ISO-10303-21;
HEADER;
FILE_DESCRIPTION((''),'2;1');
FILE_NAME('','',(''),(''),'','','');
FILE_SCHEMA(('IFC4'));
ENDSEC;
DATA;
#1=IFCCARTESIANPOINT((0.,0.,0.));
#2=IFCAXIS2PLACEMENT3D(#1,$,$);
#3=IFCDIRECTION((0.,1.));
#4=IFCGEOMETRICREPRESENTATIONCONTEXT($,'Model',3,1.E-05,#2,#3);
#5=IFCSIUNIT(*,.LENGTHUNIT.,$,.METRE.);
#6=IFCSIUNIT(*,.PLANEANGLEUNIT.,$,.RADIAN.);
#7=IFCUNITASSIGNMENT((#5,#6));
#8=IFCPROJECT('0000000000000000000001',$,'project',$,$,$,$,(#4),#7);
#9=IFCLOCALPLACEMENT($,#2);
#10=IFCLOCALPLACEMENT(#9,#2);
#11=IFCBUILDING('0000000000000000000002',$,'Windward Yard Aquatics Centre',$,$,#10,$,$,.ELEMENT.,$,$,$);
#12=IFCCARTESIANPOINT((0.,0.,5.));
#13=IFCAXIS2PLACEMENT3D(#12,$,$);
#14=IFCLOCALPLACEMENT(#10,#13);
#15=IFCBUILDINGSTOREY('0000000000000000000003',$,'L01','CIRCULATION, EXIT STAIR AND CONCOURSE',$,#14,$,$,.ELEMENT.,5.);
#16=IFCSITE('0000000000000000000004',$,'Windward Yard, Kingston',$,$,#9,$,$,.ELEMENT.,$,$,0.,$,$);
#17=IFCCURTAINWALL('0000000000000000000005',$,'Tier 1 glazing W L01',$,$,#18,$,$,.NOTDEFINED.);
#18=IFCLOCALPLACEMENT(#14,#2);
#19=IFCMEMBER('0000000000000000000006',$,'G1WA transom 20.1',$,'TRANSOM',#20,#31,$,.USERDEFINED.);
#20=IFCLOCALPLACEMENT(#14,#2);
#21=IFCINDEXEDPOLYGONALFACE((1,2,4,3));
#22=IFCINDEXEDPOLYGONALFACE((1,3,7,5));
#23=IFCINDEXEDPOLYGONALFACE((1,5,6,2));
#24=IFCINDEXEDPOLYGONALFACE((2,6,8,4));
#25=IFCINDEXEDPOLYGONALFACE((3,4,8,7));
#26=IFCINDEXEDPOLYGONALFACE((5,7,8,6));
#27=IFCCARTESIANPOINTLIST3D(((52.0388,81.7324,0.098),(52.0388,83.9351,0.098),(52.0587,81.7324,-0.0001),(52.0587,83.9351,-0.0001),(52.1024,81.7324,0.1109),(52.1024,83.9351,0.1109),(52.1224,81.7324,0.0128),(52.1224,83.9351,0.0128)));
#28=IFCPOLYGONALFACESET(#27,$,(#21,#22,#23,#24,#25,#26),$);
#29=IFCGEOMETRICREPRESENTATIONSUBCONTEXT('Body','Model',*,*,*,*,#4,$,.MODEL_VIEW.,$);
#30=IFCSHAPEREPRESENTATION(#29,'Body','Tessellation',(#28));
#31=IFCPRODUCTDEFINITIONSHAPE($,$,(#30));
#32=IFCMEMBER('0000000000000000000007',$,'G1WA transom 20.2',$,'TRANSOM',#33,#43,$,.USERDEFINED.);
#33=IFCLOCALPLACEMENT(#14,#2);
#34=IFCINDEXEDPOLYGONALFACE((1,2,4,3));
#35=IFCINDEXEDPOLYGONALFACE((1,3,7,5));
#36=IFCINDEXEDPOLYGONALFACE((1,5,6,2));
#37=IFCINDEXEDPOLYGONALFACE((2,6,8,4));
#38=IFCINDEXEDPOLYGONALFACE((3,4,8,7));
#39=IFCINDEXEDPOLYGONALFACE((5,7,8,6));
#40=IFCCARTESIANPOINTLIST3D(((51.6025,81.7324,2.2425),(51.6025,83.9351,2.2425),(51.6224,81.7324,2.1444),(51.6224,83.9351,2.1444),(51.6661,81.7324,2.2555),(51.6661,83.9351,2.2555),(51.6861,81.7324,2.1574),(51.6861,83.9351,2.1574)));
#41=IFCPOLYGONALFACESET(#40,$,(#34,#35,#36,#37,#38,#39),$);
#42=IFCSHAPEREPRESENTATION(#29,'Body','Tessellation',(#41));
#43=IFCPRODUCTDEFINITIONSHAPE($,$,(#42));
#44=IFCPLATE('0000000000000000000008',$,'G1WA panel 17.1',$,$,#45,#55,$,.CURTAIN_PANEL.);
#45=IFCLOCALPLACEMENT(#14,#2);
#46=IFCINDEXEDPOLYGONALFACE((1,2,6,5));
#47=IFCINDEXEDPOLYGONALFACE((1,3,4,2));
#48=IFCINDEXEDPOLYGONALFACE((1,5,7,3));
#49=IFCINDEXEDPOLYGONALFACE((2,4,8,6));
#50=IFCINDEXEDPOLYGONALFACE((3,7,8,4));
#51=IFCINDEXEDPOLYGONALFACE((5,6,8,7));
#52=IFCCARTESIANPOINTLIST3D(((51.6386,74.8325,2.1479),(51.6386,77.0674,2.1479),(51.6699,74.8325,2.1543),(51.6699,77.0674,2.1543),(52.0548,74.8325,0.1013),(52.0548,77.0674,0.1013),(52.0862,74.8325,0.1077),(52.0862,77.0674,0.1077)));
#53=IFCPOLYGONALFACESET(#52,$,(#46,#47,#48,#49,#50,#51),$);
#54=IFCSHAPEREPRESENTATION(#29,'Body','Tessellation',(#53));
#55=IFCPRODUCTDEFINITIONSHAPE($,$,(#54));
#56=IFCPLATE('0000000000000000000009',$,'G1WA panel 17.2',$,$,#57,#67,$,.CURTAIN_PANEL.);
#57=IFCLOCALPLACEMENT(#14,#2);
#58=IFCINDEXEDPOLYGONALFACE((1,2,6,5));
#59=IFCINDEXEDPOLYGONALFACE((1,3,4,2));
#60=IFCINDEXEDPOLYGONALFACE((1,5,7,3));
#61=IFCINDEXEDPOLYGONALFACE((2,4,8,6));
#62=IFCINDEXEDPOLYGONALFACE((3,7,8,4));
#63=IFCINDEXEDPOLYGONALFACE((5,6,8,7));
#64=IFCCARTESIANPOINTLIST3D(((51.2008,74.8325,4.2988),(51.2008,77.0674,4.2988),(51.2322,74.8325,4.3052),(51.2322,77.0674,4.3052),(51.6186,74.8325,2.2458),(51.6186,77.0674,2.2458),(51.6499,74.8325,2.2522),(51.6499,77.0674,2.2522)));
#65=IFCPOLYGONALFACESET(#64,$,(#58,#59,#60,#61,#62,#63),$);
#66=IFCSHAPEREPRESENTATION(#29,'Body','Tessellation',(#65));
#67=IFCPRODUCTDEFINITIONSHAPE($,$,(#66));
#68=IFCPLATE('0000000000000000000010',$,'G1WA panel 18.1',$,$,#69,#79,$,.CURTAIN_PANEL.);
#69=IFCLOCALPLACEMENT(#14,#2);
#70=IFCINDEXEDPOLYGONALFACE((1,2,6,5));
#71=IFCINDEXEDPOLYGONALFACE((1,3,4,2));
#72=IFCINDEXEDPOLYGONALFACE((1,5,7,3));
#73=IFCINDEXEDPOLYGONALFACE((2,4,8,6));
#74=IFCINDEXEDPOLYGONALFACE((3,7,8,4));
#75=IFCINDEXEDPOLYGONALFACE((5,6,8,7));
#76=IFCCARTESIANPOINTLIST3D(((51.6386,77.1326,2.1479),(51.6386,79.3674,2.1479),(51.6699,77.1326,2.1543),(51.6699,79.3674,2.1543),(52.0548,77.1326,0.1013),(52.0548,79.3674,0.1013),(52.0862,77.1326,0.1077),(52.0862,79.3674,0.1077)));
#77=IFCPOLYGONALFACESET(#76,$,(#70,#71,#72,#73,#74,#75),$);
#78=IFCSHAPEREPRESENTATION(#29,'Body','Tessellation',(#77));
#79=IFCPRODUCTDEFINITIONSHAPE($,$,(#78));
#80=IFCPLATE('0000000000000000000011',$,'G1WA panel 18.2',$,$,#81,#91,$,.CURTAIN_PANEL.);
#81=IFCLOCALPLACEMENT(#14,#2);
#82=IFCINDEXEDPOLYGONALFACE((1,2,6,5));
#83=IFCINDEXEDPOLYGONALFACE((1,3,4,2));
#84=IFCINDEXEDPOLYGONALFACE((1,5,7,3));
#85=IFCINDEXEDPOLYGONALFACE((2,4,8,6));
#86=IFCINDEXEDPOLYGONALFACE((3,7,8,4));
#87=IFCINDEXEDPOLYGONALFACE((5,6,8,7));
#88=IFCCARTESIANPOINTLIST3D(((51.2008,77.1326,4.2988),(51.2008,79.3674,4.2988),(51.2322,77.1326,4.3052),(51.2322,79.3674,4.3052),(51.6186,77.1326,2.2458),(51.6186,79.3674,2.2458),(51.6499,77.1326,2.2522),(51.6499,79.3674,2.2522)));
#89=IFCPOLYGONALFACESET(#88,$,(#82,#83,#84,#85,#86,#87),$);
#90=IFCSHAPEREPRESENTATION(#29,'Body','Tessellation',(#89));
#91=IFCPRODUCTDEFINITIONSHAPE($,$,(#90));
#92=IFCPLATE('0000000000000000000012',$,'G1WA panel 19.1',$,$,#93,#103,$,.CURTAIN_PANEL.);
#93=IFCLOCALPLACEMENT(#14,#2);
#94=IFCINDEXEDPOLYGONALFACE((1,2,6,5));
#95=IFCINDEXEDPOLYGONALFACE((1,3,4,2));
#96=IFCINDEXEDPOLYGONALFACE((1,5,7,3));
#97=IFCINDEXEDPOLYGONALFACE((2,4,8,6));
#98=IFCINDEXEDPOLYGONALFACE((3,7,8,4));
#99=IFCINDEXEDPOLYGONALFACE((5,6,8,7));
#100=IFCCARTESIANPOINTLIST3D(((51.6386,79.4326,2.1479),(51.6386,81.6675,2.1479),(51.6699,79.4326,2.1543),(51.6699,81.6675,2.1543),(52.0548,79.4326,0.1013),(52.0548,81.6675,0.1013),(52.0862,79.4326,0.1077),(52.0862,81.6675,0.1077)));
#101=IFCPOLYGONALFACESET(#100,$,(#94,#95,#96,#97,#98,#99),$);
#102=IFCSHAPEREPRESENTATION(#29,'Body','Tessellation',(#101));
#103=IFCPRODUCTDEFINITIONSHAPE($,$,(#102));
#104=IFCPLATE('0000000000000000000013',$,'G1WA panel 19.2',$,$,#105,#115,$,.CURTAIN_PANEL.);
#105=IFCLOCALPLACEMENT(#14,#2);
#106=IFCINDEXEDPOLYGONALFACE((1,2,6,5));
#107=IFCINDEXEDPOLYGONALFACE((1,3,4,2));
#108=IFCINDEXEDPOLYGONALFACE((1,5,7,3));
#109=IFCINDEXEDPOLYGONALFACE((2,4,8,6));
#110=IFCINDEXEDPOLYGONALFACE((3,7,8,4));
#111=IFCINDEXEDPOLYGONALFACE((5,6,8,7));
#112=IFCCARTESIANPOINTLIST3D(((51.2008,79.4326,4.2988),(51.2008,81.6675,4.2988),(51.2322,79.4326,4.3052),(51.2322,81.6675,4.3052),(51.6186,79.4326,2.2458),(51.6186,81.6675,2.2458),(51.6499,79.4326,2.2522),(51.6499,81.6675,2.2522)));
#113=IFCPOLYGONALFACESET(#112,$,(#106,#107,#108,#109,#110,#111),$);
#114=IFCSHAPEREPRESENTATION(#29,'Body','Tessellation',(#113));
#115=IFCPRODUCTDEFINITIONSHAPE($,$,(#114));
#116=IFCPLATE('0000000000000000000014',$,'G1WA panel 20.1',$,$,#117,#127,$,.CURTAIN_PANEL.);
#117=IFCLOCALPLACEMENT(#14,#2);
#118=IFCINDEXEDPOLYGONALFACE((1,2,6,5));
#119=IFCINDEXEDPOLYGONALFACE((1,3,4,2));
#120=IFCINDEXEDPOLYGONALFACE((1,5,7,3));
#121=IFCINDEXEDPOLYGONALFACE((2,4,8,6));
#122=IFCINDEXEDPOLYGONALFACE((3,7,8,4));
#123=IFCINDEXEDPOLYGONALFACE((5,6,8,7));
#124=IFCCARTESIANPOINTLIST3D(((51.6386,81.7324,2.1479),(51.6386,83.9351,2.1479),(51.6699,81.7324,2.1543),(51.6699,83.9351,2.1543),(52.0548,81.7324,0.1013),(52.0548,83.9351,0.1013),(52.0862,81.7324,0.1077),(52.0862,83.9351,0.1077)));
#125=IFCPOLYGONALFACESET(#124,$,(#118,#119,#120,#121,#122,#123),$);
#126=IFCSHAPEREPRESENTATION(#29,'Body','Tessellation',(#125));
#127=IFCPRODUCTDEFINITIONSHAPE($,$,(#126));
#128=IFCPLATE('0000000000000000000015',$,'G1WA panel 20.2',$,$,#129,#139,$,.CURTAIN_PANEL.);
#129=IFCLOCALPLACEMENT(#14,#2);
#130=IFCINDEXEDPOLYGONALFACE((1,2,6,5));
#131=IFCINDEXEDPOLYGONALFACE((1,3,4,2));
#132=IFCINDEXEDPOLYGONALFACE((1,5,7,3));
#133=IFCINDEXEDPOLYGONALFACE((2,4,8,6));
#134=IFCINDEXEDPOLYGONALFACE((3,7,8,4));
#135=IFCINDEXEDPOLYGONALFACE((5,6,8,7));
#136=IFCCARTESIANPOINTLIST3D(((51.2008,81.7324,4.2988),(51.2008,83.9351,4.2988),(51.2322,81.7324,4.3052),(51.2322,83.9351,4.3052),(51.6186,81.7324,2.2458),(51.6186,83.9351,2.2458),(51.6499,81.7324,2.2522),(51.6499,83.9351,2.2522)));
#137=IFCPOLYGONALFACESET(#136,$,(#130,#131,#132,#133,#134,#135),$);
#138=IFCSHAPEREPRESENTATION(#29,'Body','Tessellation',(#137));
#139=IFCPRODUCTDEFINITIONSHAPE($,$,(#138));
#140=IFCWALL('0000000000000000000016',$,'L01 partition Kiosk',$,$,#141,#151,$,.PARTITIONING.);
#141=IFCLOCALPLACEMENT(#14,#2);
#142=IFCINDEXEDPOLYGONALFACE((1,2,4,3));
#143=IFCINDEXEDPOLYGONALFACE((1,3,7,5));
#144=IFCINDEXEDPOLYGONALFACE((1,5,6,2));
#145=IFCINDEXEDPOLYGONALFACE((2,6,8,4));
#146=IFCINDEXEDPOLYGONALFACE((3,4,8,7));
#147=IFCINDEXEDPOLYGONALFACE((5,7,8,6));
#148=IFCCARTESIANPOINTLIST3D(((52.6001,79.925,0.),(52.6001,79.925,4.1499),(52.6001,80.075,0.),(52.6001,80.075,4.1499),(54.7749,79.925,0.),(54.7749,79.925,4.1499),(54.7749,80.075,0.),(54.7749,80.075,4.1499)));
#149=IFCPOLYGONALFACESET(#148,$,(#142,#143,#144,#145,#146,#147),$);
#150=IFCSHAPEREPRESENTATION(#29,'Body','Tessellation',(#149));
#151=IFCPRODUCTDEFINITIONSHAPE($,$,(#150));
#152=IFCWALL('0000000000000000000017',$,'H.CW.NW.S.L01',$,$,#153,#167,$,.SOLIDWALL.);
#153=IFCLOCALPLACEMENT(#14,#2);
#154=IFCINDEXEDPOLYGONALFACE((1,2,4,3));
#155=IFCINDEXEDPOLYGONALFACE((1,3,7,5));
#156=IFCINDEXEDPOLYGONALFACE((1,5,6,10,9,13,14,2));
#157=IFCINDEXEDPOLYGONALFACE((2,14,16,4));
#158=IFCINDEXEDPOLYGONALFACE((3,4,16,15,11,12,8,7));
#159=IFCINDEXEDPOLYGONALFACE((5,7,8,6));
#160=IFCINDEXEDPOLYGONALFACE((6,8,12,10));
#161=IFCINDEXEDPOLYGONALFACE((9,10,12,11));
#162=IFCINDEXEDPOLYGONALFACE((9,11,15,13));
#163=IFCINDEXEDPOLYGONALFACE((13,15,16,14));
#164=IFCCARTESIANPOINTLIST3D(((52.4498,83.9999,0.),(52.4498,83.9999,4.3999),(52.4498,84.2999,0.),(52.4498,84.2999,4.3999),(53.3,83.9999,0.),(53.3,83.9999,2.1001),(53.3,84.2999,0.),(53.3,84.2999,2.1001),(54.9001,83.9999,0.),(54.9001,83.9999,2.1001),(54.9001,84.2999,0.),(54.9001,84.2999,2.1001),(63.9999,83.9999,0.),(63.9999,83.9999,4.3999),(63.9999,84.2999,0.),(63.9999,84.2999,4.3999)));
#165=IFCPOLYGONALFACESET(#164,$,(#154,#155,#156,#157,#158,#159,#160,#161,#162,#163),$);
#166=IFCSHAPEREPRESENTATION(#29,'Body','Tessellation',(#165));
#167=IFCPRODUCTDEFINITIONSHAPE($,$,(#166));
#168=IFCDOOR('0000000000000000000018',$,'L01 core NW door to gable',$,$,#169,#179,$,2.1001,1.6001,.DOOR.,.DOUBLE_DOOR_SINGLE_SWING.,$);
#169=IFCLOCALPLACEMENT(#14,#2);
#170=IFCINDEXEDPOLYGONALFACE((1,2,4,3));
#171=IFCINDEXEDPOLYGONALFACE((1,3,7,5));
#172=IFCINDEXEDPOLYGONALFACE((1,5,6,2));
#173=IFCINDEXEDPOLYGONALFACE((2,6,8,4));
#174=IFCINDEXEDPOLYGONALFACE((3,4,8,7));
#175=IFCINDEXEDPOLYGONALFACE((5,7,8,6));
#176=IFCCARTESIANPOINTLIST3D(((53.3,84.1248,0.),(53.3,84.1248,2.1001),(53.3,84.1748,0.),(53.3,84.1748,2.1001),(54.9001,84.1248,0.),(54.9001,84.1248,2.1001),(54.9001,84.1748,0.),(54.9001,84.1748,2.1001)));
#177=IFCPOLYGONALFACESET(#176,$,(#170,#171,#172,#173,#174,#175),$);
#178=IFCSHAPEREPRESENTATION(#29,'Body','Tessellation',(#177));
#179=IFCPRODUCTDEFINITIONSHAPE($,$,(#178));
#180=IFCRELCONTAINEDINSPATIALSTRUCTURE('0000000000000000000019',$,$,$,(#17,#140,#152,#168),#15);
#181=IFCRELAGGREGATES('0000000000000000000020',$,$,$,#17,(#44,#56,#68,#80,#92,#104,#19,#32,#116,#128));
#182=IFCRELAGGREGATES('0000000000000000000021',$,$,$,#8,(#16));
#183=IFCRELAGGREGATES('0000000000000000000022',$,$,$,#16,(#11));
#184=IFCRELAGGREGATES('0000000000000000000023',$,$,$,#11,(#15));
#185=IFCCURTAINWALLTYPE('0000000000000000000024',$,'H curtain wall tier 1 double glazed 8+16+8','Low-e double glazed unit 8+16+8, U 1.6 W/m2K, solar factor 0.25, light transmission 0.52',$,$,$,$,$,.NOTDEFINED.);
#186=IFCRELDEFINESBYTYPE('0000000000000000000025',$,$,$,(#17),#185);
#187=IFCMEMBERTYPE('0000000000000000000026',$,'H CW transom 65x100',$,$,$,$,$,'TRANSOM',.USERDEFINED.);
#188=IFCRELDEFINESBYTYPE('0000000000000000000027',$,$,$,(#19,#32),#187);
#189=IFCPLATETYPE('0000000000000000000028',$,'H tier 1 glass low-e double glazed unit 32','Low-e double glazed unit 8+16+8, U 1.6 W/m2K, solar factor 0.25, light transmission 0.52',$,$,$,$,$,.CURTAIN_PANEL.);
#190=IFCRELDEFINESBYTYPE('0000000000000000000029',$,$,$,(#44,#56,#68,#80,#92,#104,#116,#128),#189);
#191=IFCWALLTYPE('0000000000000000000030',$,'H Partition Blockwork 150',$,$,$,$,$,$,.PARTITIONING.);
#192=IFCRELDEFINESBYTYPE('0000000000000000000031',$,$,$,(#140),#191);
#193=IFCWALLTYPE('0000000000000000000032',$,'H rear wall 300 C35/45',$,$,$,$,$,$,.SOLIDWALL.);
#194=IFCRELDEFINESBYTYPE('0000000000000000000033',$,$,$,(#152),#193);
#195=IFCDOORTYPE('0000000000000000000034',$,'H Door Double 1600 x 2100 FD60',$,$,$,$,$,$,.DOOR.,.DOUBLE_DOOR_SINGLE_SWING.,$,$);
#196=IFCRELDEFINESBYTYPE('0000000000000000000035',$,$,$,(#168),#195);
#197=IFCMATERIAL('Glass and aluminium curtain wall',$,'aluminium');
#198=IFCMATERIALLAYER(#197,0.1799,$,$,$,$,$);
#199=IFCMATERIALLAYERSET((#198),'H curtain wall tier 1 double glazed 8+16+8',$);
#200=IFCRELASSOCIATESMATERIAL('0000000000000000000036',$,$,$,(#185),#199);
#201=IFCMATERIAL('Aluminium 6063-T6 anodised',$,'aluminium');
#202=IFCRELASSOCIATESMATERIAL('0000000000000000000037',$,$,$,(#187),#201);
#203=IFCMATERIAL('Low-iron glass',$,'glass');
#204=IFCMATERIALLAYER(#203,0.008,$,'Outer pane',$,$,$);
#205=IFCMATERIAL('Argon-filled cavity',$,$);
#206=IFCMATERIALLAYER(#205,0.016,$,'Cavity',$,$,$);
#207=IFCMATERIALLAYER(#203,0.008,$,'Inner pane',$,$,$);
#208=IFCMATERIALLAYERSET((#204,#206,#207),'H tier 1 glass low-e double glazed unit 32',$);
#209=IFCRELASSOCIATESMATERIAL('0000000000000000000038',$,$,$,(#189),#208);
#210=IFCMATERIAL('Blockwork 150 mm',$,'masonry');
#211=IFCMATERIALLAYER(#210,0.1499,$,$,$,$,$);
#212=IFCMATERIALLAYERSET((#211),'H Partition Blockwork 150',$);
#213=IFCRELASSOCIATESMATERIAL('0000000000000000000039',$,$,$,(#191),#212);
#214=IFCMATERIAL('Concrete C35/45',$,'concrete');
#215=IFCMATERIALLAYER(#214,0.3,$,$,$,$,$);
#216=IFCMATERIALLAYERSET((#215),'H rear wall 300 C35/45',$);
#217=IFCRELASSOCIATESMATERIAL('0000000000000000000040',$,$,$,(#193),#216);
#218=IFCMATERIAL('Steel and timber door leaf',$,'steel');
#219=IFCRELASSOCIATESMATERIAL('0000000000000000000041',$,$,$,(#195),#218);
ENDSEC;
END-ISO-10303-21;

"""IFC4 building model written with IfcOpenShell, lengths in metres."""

from ifc_helpers import new_model, si_unit, direction, frame, frame_2d, origin, origin_2d, place, context, subcontext, project, spatial, polyline, rectangle, outline, extrude, material, layer, layer_set, material_profile, profile_set, type_object, element, fill, aggregate, save


model = new_model("IFC4")

# Units and contexts
model_context = context("Model", 3, precision=1e-05, world=origin(), true_north=direction((0.0, 1.0)))
body_context = subcontext(model_context, "Body", "Model", "MODEL_VIEW")
ifc_project = project(units=[si_unit("LENGTHUNIT", "METRE"), si_unit("PLANEANGLEUNIT", "RADIAN")], contexts=[model_context])

# Site, building, storey
site_placement = place(None, origin())
site = spatial("IfcSite", under=ifc_project, at=site_placement, Name="Windward Yard, Kingston", CompositionType="ELEMENT", RefElevation=0.0)
building_placement = place(site_placement, origin())
building = spatial("IfcBuilding", under=site, at=building_placement, Name="Windward Yard Aquatics Centre", CompositionType="ELEMENT")
storey_placement = place(building_placement, frame((0.0, 0.0, 5.0)))
storey = spatial("IfcBuildingStorey", under=building, at=storey_placement, Name="L01", Description="CIRCULATION, EXIT STAIR AND CONCOURSE", CompositionType="ELEMENT", Elevation=5.0)

# Curtain wall, members, plates
ifc_material_1 = material(Name="Glass and aluminium curtain wall", Category="aluminium")
ifc_layer_1 = layer(ifc_material_1, 0.1799)
ifc_layer_set_1 = layer_set([ifc_layer_1], Name="H curtain wall tier 1 double glazed 8+16+8")
curtain_wall_type = type_object("IfcCurtainWallType", Name="H curtain wall tier 1 double glazed 8+16+8", Description="Low-e double glazed unit 8+16+8, U 1.6 W/m2K, solar factor 0.25, light transmission 0.52", PredefinedType="NOTDEFINED", material=ifc_layer_set_1)
curtain_wall_placement = place(storey_placement, origin())
curtain_wall = element("IfcCurtainWall", 1, at=curtain_wall_placement, inside=storey, type_object=curtain_wall_type, Name="Tier 1 glazing W L01", PredefinedType="NOTDEFINED")
ifc_material_2 = material(Name="Aluminium 6063-T6 anodised", Category="aluminium")
ifc_material_profile_1 = material_profile(ifc_material_2, rectangle(XDim=0.0649, YDim=0.1001, at=origin_2d()), Name="H CW transom 65x100")
ifc_profile_set_1 = profile_set([ifc_material_profile_1], Name="Aluminium 6063-T6 anodised")
member_type_1 = type_object("IfcMemberType", Name="H CW transom 65x100", ElementType="TRANSOM", PredefinedType="USERDEFINED", material=ifc_profile_set_1)
member_1_placement = place(storey_placement, frame((52.0806, 81.7324, 0.0554), z_axis=(0.0, 1.0, 0.0), x_axis=(0.979925, 0.0, 0.199368)))
member_1 = element("IfcMember", 2, at=member_1_placement, type_object=member_type_1, Name="G1WA transom 20.1", ObjectType="TRANSOM", PredefinedType="USERDEFINED", context=body_context, shape_type="SweptSolid", body=[
    extrude(rectangle(XDim=0.0649, YDim=0.1001, at=origin_2d()), origin(), (0.0, 0.0, 1.0), 2.2026),
])
member_2_placement = place(storey_placement, frame((51.6443, 81.7324, 2.2), z_axis=(0.0, 1.0, 0.0), x_axis=(0.979925, 0.0, 0.199368)))
member_2 = element("IfcMember", 3, at=member_2_placement, type_object=member_type_1, Name="G1WA transom 20.2", ObjectType="TRANSOM", PredefinedType="USERDEFINED", context=body_context, shape_type="SweptSolid", body=[
    extrude(rectangle(XDim=0.0649, YDim=0.1001, at=origin_2d()), origin(), (0.0, 0.0, 1.0), 2.2026),
])
ifc_material_3 = material(Name="Low-iron glass", Category="glass")
ifc_layer_2 = layer(ifc_material_3, 0.008, Name="Outer pane")
ifc_material_4 = material(Name="Argon-filled cavity")
ifc_layer_3 = layer(ifc_material_4, 0.016, Name="Cavity")
ifc_layer_4 = layer(ifc_material_3, 0.008, Name="Inner pane")
ifc_layer_set_2 = layer_set([ifc_layer_2, ifc_layer_3, ifc_layer_4], Name="H tier 1 glass low-e double glazed unit 32")
plate_type = type_object("IfcPlateType", Name="H tier 1 glass low-e double glazed unit 32", Description="Low-e double glazed unit 8+16+8, U 1.6 W/m2K, solar factor 0.25, light transmission 0.52", PredefinedType="CURTAIN_PANEL", material=ifc_layer_set_2)
plate_1_placement = place(storey_placement, frame((51.6699, 74.8325, 2.1543), z_axis=(0.979937, 0.0, 0.199307), x_axis=(0.199307, 0.0, -0.979937)))
plate_1 = element("IfcPlate", 4, at=plate_1_placement, type_object=plate_type, Name="G1WA panel 17.1", PredefinedType="CURTAIN_PANEL", context=body_context, shape_type="SweptSolid", body=[
    extrude(outline(polyline([(0.0, 0.0), (2.0885, 0.0), (2.0885, 2.2349), (0.0, 2.2349), (0.0, 0.0)])), origin(), (0.0, 0.0, -1.0), 0.032),
])
plate_2_placement = place(storey_placement, frame((51.2322, 74.8325, 4.3052), z_axis=(0.979921, 0.0, 0.199387), x_axis=(0.199387, 0.0, -0.979921)))
plate_2 = element("IfcPlate", 5, at=plate_2_placement, type_object=plate_type, Name="G1WA panel 17.2", PredefinedType="CURTAIN_PANEL", context=body_context, shape_type="SweptSolid", body=[
    extrude(outline(polyline([(0.0, 0.0), (2.095, 0.0), (2.095, 2.2349), (0.0, 2.2349), (0.0, 0.0)])), origin(), (0.0, 0.0, -1.0), 0.032),
])
plate_3_placement = place(storey_placement, frame((51.6699, 77.1326, 2.1543), z_axis=(0.979937, 0.0, 0.199307), x_axis=(0.199307, 0.0, -0.979937)))
plate_3 = element("IfcPlate", 6, at=plate_3_placement, type_object=plate_type, Name="G1WA panel 18.1", PredefinedType="CURTAIN_PANEL", context=body_context, shape_type="SweptSolid", body=[
    extrude(outline(polyline([(0.0, 0.0), (2.0885, 0.0), (2.0885, 2.2349), (0.0, 2.2349), (0.0, 0.0)])), origin(), (0.0, 0.0, -1.0), 0.032),
])
plate_4_placement = place(storey_placement, frame((51.2322, 77.1326, 4.3052), z_axis=(0.979921, 0.0, 0.199387), x_axis=(0.199387, 0.0, -0.979921)))
plate_4 = element("IfcPlate", 7, at=plate_4_placement, type_object=plate_type, Name="G1WA panel 18.2", PredefinedType="CURTAIN_PANEL", context=body_context, shape_type="SweptSolid", body=[
    extrude(outline(polyline([(0.0, 0.0), (2.095, 0.0), (2.095, 2.2349), (0.0, 2.2349), (0.0, 0.0)])), origin(), (0.0, 0.0, -1.0), 0.032),
])
plate_5_placement = place(storey_placement, frame((51.6699, 79.4326, 2.1543), z_axis=(0.979937, 0.0, 0.199307), x_axis=(0.199307, 0.0, -0.979937)))
plate_5 = element("IfcPlate", 8, at=plate_5_placement, type_object=plate_type, Name="G1WA panel 19.1", PredefinedType="CURTAIN_PANEL", context=body_context, shape_type="SweptSolid", body=[
    extrude(outline(polyline([(0.0, 0.0), (2.0885, 0.0), (2.0885, 2.2349), (0.0, 2.2349), (0.0, 0.0)])), origin(), (0.0, 0.0, -1.0), 0.032),
])
plate_6_placement = place(storey_placement, frame((51.2322, 79.4326, 4.3052), z_axis=(0.979921, 0.0, 0.199387), x_axis=(0.199387, 0.0, -0.979921)))
plate_6 = element("IfcPlate", 9, at=plate_6_placement, type_object=plate_type, Name="G1WA panel 19.2", PredefinedType="CURTAIN_PANEL", context=body_context, shape_type="SweptSolid", body=[
    extrude(outline(polyline([(0.0, 0.0), (2.095, 0.0), (2.095, 2.2349), (0.0, 2.2349), (0.0, 0.0)])), origin(), (0.0, 0.0, -1.0), 0.032),
])
plate_7_placement = place(storey_placement, frame((51.6699, 81.7324, 2.1543), z_axis=(0.979937, 0.0, 0.199307), x_axis=(0.199307, 0.0, -0.979937)))
plate_7 = element("IfcPlate", 10, at=plate_7_placement, type_object=plate_type, Name="G1WA panel 20.1", PredefinedType="CURTAIN_PANEL", context=body_context, shape_type="SweptSolid", body=[
    extrude(outline(polyline([(0.0, 0.0), (2.0885, 0.0), (2.0885, 2.2026), (0.0, 2.2026), (0.0, 0.0)])), origin(), (0.0, 0.0, -1.0), 0.032),
])
plate_8_placement = place(storey_placement, frame((51.2322, 81.7324, 4.3052), z_axis=(0.979921, 0.0, 0.199387), x_axis=(0.199387, 0.0, -0.979921)))
plate_8 = element("IfcPlate", 11, at=plate_8_placement, type_object=plate_type, Name="G1WA panel 20.2", PredefinedType="CURTAIN_PANEL", context=body_context, shape_type="SweptSolid", body=[
    extrude(outline(polyline([(0.0, 0.0), (2.095, 0.0), (2.095, 2.2026), (0.0, 2.2026), (0.0, 0.0)])), origin(), (0.0, 0.0, -1.0), 0.032),
])
aggregate(curtain_wall, [plate_1, plate_2, plate_3, plate_4, plate_5, plate_6, member_1, member_2, plate_7, plate_8])

# Wall
ifc_material_5 = material(Name="Blockwork 150 mm", Category="masonry")
ifc_layer_5 = layer(ifc_material_5, 0.1499)
ifc_layer_set_3 = layer_set([ifc_layer_5], Name="H Partition Blockwork 150")
wall_type_1 = type_object("IfcWallType", Name="H Partition Blockwork 150", PredefinedType="PARTITIONING", material=ifc_layer_set_3)
wall_1_placement = place(storey_placement, frame((52.6001, 80.0, 0.0), z_axis=(0.0, 0.0, 1.0), x_axis=(1.0, 0.0, 0.0)))
element("IfcWall", 12, at=wall_1_placement, inside=storey, type_object=wall_type_1, Name="L01 partition Kiosk", PredefinedType="PARTITIONING", context=body_context, shape_type="SweptSolid", body=[
    extrude(rectangle(XDim=2.1748, YDim=0.1499, at=frame_2d((1.0874, 0.0))), origin(), (0.0, 0.0, 1.0), 4.1499),
])

# Wall, opening, door
ifc_material_6 = material(Name="Concrete C35/45", Category="concrete")
ifc_layer_6 = layer(ifc_material_6, 0.3)
ifc_layer_set_4 = layer_set([ifc_layer_6], Name="H rear wall 300 C35/45")
wall_type_2 = type_object("IfcWallType", Name="H rear wall 300 C35/45", PredefinedType="SOLIDWALL", material=ifc_layer_set_4)
wall_2_placement = place(storey_placement, frame((52.45, 84.1499, 0.0), z_axis=(0.0, 0.0, 1.0), x_axis=(1.0, 0.0, 0.0)))
wall_2 = element("IfcWall", 13, at=wall_2_placement, inside=storey, type_object=wall_type_2, Name="H.CW.NW.S.L01", PredefinedType="SOLIDWALL", context=body_context, shape_type="SweptSolid", body=[
    extrude(rectangle(XDim=11.55, YDim=0.3, at=frame_2d((5.7749, 0.0))), origin(), (0.0, 0.0, 1.0), 4.3999),
])
opening_placement = place(wall_2_placement, frame((0.8501, 0.0, 0.0)))
opening = element("IfcOpeningElement", 14, at=opening_placement, cuts=wall_2, PredefinedType="OPENING", context=body_context, shape_type="SweptSolid", body=[
    extrude(rectangle(XDim=1.6001, YDim=2.1001, at=frame_2d((0.8, 1.05))), frame((0.0, 0.1602, 0.0), z_axis=(0.0, -1.0, 0.0), x_axis=(1.0, 0.0, 0.0)), (0.0, 0.0, 1.0), 0.3201),
])
ifc_material_7 = material(Name="Steel and timber door leaf", Category="steel")
door_type = type_object("IfcDoorType", Name="H Door Double 1600 x 2100 FD60", OperationType="DOUBLE_DOOR_SINGLE_SWING", PredefinedType="DOOR", material=ifc_material_7)
door_placement = place(opening_placement, origin())
door = element("IfcDoor", 15, at=door_placement, inside=storey, type_object=door_type, Name="L01 core NW door to gable", OperationType="DOUBLE_DOOR_SINGLE_SWING", OverallHeight=2.1001, OverallWidth=1.6001, PredefinedType="DOOR", context=body_context, shape_type="SweptSolid", body=[
    extrude(rectangle(XDim=1.6001, YDim=2.1001, at=frame_2d((0.8, 1.05))), frame((0.0, 0.0249, 0.0), z_axis=(0.0, -1.0, 0.0), x_axis=(1.0, 0.0, 0.0)), (0.0, 0.0, 1.0), 0.05),
])
fill(opening, door)

save(model, "model.ifc")
